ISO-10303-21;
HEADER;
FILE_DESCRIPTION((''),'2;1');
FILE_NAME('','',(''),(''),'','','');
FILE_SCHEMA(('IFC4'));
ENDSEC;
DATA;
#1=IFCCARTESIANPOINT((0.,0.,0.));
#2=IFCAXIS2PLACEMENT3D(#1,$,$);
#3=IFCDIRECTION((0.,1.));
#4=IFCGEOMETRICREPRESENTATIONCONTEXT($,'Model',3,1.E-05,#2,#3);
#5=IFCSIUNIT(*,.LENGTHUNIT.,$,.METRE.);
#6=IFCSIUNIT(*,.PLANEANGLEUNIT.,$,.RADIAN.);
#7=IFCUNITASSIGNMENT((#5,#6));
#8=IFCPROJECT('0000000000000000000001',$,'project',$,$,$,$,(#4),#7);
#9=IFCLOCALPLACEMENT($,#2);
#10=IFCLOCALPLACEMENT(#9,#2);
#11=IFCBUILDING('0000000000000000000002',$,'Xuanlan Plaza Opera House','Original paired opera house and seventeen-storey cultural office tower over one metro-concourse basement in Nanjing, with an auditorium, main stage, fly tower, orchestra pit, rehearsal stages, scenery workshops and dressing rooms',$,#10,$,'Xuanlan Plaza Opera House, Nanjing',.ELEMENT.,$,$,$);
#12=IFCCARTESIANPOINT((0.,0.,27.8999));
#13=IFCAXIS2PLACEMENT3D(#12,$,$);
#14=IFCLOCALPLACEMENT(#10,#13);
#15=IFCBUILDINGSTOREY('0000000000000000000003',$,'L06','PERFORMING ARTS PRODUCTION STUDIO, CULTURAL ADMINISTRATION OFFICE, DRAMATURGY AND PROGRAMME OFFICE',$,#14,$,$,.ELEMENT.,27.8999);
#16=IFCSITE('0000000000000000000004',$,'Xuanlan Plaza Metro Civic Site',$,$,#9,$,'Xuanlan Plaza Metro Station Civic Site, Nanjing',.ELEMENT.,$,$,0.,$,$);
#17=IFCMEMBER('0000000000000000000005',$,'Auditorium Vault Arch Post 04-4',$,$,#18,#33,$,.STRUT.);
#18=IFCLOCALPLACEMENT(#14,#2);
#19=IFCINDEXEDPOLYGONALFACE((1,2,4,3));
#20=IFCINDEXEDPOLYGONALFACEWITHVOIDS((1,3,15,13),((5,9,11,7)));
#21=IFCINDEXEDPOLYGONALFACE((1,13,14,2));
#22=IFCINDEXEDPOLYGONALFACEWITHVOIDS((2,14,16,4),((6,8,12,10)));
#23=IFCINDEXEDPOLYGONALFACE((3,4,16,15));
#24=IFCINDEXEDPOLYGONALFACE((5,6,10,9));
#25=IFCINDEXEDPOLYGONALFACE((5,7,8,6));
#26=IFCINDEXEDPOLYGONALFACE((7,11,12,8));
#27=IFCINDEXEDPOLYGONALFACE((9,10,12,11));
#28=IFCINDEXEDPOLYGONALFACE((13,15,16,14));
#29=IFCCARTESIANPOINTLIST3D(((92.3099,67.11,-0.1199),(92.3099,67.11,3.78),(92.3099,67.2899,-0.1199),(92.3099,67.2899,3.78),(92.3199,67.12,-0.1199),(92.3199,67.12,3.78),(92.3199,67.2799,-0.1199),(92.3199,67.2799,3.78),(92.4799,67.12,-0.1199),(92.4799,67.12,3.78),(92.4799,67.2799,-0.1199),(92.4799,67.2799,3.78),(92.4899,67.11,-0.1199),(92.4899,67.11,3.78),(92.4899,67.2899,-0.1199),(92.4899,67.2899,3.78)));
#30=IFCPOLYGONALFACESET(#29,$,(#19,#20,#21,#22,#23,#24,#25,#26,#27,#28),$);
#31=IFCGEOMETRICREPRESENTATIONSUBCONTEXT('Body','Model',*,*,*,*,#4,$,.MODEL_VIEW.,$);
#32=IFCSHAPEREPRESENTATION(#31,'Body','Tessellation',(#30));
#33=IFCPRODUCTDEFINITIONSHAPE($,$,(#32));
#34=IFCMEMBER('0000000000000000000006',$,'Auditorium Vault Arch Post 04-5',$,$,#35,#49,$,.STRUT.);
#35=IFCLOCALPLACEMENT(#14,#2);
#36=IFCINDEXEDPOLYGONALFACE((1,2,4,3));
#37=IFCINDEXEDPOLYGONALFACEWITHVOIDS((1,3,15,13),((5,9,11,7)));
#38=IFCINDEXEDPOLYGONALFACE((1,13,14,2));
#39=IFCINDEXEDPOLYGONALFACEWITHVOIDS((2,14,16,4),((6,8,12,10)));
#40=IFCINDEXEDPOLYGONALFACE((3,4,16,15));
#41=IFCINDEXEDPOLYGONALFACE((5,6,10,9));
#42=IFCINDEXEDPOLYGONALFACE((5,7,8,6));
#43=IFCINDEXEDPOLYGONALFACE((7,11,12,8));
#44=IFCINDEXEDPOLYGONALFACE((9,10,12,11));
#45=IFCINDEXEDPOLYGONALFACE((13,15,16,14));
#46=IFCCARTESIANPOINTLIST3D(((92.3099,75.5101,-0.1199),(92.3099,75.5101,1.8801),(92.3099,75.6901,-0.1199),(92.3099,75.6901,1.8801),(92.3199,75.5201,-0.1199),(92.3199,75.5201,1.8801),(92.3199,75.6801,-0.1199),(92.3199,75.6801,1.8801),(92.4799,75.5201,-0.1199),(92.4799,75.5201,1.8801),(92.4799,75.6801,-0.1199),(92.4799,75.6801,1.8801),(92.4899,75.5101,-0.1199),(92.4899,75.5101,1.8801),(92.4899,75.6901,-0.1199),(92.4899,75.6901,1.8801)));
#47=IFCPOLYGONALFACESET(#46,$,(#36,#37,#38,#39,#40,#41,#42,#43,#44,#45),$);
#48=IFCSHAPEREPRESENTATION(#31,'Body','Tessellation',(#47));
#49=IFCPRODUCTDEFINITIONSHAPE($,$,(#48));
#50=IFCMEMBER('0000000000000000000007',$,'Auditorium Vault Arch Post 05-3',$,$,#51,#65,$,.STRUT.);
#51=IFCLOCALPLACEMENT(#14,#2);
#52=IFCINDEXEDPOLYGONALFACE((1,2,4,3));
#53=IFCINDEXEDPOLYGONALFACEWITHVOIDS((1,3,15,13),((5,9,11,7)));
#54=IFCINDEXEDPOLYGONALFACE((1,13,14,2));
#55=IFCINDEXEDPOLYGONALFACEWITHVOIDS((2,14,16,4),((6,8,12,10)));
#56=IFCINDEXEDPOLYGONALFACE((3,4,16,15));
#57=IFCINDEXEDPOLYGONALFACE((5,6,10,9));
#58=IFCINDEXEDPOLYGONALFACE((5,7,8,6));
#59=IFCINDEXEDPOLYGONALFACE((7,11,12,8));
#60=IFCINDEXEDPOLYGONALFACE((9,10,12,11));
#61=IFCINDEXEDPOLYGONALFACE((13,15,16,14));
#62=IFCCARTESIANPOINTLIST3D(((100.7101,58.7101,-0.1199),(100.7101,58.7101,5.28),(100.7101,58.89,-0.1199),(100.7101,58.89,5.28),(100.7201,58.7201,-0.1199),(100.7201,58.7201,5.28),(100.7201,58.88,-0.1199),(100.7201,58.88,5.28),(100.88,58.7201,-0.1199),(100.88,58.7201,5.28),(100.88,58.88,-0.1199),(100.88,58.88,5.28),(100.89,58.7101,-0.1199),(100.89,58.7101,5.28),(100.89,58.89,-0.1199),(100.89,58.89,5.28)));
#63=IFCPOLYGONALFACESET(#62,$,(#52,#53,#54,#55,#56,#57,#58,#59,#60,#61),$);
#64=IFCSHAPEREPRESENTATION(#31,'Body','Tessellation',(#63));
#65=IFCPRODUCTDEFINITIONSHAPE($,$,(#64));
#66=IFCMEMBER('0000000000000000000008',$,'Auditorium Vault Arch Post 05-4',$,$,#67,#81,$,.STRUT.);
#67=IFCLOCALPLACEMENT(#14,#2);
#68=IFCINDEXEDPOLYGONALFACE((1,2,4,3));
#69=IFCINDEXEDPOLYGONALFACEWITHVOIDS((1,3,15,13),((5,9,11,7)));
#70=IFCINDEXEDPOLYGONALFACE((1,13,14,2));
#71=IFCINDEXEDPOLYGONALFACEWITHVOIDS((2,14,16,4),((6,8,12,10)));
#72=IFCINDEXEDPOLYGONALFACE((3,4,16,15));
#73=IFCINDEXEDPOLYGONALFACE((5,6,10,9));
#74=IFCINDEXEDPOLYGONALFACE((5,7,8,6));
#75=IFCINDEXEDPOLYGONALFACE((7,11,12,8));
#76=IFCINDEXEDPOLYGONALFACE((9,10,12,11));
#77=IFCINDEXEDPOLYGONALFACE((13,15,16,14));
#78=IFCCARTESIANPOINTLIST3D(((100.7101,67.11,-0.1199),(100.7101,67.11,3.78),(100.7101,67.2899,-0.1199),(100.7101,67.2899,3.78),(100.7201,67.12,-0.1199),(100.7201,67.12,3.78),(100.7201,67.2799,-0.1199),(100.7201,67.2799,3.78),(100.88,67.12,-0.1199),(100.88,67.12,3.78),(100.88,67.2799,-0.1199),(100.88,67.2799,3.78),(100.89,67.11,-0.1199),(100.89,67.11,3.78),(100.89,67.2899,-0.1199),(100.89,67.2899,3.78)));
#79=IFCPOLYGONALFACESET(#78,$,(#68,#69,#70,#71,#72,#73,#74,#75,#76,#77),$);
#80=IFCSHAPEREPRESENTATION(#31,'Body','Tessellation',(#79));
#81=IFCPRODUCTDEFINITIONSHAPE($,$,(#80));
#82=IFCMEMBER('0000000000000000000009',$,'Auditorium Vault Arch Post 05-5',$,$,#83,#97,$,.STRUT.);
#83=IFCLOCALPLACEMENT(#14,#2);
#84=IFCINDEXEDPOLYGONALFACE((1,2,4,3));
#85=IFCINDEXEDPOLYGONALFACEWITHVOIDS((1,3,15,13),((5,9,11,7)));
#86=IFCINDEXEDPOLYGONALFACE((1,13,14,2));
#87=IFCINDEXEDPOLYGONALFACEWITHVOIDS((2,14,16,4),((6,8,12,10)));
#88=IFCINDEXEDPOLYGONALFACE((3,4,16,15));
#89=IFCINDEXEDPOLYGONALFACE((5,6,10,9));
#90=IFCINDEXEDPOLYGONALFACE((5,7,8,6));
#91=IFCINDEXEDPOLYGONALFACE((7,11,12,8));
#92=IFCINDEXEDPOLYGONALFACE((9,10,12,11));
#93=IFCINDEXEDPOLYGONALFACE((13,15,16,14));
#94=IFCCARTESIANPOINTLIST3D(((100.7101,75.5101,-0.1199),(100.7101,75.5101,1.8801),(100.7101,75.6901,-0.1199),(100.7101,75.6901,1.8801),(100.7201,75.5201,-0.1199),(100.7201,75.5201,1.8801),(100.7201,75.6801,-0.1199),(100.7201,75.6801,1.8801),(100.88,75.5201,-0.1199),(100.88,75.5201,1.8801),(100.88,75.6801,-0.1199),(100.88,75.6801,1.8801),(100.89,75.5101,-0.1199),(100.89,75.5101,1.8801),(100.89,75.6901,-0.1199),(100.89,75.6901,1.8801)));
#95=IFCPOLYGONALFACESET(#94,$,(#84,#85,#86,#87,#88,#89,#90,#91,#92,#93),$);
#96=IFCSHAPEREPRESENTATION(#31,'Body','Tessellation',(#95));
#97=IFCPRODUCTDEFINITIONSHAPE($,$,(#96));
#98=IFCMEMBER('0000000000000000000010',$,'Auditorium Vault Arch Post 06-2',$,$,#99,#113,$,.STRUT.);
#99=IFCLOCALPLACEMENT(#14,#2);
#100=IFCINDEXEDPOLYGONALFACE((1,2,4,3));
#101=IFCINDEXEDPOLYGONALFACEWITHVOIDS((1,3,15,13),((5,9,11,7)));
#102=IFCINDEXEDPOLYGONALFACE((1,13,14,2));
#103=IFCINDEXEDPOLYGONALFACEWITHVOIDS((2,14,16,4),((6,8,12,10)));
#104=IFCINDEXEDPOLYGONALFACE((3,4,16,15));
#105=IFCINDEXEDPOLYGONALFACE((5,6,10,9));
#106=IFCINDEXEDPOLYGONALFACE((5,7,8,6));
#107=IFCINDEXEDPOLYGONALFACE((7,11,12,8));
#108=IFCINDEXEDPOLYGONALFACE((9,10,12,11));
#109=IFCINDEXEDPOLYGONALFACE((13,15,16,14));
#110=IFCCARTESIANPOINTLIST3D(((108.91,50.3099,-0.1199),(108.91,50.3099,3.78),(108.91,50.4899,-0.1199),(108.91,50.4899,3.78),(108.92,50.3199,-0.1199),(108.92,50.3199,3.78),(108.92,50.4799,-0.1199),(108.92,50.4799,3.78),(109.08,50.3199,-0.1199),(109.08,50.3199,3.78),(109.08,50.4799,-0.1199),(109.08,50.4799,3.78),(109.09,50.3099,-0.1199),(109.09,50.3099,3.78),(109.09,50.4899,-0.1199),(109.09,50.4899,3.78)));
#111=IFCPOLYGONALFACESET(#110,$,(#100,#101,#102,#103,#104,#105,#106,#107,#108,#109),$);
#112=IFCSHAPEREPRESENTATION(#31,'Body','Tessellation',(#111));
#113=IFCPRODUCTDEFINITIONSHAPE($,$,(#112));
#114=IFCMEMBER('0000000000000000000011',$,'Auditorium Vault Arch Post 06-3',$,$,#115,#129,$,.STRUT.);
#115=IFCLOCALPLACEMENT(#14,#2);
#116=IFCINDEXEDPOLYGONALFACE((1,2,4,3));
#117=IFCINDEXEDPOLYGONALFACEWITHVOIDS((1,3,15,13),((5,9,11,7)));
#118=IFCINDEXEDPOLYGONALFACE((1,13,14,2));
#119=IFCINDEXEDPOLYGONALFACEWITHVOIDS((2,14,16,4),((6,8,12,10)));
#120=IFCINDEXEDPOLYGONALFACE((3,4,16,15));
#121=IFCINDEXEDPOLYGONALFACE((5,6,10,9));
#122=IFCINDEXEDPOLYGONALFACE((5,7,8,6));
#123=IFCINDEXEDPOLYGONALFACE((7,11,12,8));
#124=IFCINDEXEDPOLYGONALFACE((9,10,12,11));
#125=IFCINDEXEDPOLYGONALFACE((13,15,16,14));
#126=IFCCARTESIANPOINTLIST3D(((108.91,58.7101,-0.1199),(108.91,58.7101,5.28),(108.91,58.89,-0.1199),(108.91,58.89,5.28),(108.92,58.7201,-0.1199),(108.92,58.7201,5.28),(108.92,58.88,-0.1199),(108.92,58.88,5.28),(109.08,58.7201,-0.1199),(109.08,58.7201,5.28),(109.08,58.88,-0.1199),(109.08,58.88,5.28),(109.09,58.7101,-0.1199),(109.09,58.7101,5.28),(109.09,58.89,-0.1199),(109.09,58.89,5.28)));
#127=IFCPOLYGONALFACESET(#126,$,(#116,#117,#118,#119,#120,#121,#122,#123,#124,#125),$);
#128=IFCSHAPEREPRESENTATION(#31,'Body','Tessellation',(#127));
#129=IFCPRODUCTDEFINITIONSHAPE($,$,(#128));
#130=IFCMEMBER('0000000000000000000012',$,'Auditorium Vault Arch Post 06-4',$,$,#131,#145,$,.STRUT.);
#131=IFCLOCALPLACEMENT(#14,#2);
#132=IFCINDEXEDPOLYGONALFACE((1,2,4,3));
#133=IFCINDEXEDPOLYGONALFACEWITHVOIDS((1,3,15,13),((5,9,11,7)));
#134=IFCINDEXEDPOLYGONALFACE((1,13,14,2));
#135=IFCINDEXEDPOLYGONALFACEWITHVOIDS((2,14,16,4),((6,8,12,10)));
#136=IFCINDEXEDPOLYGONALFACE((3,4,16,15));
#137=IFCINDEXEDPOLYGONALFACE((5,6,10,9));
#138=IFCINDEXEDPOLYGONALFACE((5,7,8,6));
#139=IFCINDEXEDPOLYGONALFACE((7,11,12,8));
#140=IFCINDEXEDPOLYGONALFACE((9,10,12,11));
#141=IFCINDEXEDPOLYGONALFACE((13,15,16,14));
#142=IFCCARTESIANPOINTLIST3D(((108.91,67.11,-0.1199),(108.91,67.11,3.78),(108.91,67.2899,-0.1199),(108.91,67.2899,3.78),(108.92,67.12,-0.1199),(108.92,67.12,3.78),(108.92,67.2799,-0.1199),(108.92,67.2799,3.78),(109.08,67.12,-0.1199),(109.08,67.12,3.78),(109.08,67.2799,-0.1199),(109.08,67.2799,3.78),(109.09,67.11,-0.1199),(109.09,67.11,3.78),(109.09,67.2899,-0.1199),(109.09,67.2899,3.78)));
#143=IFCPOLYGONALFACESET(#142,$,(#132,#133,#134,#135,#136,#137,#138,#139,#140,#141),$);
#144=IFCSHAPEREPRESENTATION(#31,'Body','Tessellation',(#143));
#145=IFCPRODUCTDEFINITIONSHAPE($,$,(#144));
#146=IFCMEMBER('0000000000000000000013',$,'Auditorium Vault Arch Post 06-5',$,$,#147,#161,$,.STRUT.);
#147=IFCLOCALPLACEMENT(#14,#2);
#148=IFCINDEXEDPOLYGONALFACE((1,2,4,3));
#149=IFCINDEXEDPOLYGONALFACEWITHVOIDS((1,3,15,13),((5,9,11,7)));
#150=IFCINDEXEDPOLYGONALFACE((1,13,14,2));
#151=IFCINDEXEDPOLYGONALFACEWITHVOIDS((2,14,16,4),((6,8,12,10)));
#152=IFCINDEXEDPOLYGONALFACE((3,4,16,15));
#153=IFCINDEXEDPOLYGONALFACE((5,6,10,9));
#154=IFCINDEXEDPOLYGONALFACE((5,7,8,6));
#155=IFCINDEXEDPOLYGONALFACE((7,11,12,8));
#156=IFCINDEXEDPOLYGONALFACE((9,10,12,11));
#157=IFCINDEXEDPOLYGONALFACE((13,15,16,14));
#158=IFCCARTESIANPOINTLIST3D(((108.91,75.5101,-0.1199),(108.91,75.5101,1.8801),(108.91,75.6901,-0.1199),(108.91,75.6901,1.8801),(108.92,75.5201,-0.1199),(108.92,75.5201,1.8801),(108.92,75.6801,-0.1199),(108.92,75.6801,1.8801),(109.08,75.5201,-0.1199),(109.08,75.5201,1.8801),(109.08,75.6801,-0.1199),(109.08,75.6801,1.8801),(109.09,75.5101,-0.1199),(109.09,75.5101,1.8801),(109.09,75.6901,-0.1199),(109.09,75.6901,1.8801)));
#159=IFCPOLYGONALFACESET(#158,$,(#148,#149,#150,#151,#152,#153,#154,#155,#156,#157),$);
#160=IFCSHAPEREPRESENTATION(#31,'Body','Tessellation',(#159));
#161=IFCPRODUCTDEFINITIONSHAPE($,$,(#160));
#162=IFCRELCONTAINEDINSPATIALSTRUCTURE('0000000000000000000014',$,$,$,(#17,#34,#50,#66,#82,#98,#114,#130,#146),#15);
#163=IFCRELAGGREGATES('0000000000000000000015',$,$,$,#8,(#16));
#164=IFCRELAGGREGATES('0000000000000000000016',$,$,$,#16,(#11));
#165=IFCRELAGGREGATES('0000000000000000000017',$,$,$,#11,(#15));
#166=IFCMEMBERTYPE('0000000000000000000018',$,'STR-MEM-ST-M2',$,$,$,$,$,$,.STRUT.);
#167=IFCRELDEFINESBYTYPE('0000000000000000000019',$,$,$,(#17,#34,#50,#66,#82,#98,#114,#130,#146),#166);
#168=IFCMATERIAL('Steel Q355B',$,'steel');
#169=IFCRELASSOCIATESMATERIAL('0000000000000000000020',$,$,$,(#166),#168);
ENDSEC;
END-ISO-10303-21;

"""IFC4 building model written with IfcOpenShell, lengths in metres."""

from ifc_helpers import new_model, si_unit, direction, frame, origin, origin_2d, place, context, subcontext, project, spatial, hollow_rectangle, extrude, material, material_profile, profile_set, type_object, element, save


model = new_model("IFC4")

# Units and contexts
model_context = context("Model", 3, precision=1e-05, world=origin(), true_north=direction((0.0, 1.0)))
body_context = subcontext(model_context, "Body", "Model", "MODEL_VIEW")
ifc_project = project(units=[si_unit("LENGTHUNIT", "METRE"), si_unit("PLANEANGLEUNIT", "RADIAN")], contexts=[model_context])

# Site, building, storey
site_placement = place(None, origin())
site = spatial("IfcSite", under=ifc_project, at=site_placement, Name="Xuanlan Plaza Metro Civic Site", LongName="Xuanlan Plaza Metro Station Civic Site, Nanjing", CompositionType="ELEMENT", RefElevation=0.0)
building_placement = place(site_placement, origin())
building = spatial("IfcBuilding", under=site, at=building_placement, Name="Xuanlan Plaza Opera House", Description="Original paired opera house and seventeen-storey cultural office tower over one metro-concourse basement in Nanjing, with an auditorium, main stage, fly tower, orchestra pit, rehearsal stages, scenery workshops and dressing rooms", LongName="Xuanlan Plaza Opera House, Nanjing", CompositionType="ELEMENT")
storey_placement = place(building_placement, frame((0.0, 0.0, 27.8999)))
storey = spatial("IfcBuildingStorey", under=building, at=storey_placement, Name="L06", Description="PERFORMING ARTS PRODUCTION STUDIO, CULTURAL ADMINISTRATION OFFICE, DRAMATURGY AND PROGRAMME OFFICE", CompositionType="ELEMENT", Elevation=27.8999)

# Members
ifc_material = material(Name="Steel Q355B", Category="steel")
ifc_material_profile_1 = material_profile(ifc_material, hollow_rectangle(XDim=0.1799, YDim=0.1799, WallThickness=0.01, at=origin_2d()), Name="SHS 180x180x10")
ifc_profile_set_1 = profile_set([ifc_material_profile_1], Name="Steel Q355B")
member_type_1 = type_object("IfcMemberType", Name="STR-MEM-ST-M2", PredefinedType="STRUT", material=ifc_profile_set_1)
member_1_placement = place(storey_placement, frame((92.3999, 67.2, -0.1199), z_axis=(0.0, 0.0, 1.0), x_axis=(1.0, 0.0, 0.0)))
element("IfcMember", 1, at=member_1_placement, inside=storey, type_object=member_type_1, Name="Auditorium Vault Arch Post 04-4", PredefinedType="STRUT", context=body_context, shape_type="SweptSolid", body=[
    extrude(hollow_rectangle(XDim=0.1799, YDim=0.1799, WallThickness=0.01, at=origin_2d()), origin(), (0.0, 0.0, 1.0), 3.8999),
])
member_2_placement = place(storey_placement, frame((92.3999, 75.6001, -0.1199), z_axis=(0.0, 0.0, 1.0), x_axis=(1.0, 0.0, 0.0)))
element("IfcMember", 2, at=member_2_placement, inside=storey, type_object=member_type_1, Name="Auditorium Vault Arch Post 04-5", PredefinedType="STRUT", context=body_context, shape_type="SweptSolid", body=[
    extrude(hollow_rectangle(XDim=0.1799, YDim=0.1799, WallThickness=0.01, at=origin_2d()), origin(), (0.0, 0.0, 1.0), 2.0),
])
member_3_placement = place(storey_placement, frame((100.8, 58.8, -0.1199), z_axis=(0.0, 0.0, 1.0), x_axis=(1.0, 0.0, 0.0)))
element("IfcMember", 3, at=member_3_placement, inside=storey, type_object=member_type_1, Name="Auditorium Vault Arch Post 05-3", PredefinedType="STRUT", context=body_context, shape_type="SweptSolid", body=[
    extrude(hollow_rectangle(XDim=0.1799, YDim=0.1799, WallThickness=0.01, at=origin_2d()), origin(), (0.0, 0.0, 1.0), 5.3999),
])
member_4_placement = place(storey_placement, frame((100.8, 67.2, -0.1199), z_axis=(0.0, 0.0, 1.0), x_axis=(1.0, 0.0, 0.0)))
element("IfcMember", 4, at=member_4_placement, inside=storey, type_object=member_type_1, Name="Auditorium Vault Arch Post 05-4", PredefinedType="STRUT", context=body_context, shape_type="SweptSolid", body=[
    extrude(hollow_rectangle(XDim=0.1799, YDim=0.1799, WallThickness=0.01, at=origin_2d()), origin(), (0.0, 0.0, 1.0), 3.8999),
])
member_5_placement = place(storey_placement, frame((100.8, 75.6001, -0.1199), z_axis=(0.0, 0.0, 1.0), x_axis=(1.0, 0.0, 0.0)))
element("IfcMember", 5, at=member_5_placement, inside=storey, type_object=member_type_1, Name="Auditorium Vault Arch Post 05-5", PredefinedType="STRUT", context=body_context, shape_type="SweptSolid", body=[
    extrude(hollow_rectangle(XDim=0.1799, YDim=0.1799, WallThickness=0.01, at=origin_2d()), origin(), (0.0, 0.0, 1.0), 2.0),
])
member_6_placement = place(storey_placement, frame((109.0, 50.3999, -0.1199), z_axis=(0.0, 0.0, 1.0), x_axis=(1.0, 0.0, 0.0)))
element("IfcMember", 6, at=member_6_placement, inside=storey, type_object=member_type_1, Name="Auditorium Vault Arch Post 06-2", PredefinedType="STRUT", context=body_context, shape_type="SweptSolid", body=[
    extrude(hollow_rectangle(XDim=0.1799, YDim=0.1799, WallThickness=0.01, at=origin_2d()), origin(), (0.0, 0.0, 1.0), 3.8999),
])
member_7_placement = place(storey_placement, frame((109.0, 58.8, -0.1199), z_axis=(0.0, 0.0, 1.0), x_axis=(1.0, 0.0, 0.0)))
element("IfcMember", 7, at=member_7_placement, inside=storey, type_object=member_type_1, Name="Auditorium Vault Arch Post 06-3", PredefinedType="STRUT", context=body_context, shape_type="SweptSolid", body=[
    extrude(hollow_rectangle(XDim=0.1799, YDim=0.1799, WallThickness=0.01, at=origin_2d()), origin(), (0.0, 0.0, 1.0), 5.3999),
])
member_8_placement = place(storey_placement, frame((109.0, 67.2, -0.1199), z_axis=(0.0, 0.0, 1.0), x_axis=(1.0, 0.0, 0.0)))
element("IfcMember", 8, at=member_8_placement, inside=storey, type_object=member_type_1, Name="Auditorium Vault Arch Post 06-4", PredefinedType="STRUT", context=body_context, shape_type="SweptSolid", body=[
    extrude(hollow_rectangle(XDim=0.1799, YDim=0.1799, WallThickness=0.01, at=origin_2d()), origin(), (0.0, 0.0, 1.0), 3.8999),
])
member_9_placement = place(storey_placement, frame((109.0, 75.6001, -0.1199), z_axis=(0.0, 0.0, 1.0), x_axis=(1.0, 0.0, 0.0)))
element("IfcMember", 9, at=member_9_placement, inside=storey, type_object=member_type_1, Name="Auditorium Vault Arch Post 06-5", PredefinedType="STRUT", context=body_context, shape_type="SweptSolid", body=[
    extrude(hollow_rectangle(XDim=0.1799, YDim=0.1799, WallThickness=0.01, at=origin_2d()), origin(), (0.0, 0.0, 1.0), 2.0),
])

save(model, "model.ifc")
